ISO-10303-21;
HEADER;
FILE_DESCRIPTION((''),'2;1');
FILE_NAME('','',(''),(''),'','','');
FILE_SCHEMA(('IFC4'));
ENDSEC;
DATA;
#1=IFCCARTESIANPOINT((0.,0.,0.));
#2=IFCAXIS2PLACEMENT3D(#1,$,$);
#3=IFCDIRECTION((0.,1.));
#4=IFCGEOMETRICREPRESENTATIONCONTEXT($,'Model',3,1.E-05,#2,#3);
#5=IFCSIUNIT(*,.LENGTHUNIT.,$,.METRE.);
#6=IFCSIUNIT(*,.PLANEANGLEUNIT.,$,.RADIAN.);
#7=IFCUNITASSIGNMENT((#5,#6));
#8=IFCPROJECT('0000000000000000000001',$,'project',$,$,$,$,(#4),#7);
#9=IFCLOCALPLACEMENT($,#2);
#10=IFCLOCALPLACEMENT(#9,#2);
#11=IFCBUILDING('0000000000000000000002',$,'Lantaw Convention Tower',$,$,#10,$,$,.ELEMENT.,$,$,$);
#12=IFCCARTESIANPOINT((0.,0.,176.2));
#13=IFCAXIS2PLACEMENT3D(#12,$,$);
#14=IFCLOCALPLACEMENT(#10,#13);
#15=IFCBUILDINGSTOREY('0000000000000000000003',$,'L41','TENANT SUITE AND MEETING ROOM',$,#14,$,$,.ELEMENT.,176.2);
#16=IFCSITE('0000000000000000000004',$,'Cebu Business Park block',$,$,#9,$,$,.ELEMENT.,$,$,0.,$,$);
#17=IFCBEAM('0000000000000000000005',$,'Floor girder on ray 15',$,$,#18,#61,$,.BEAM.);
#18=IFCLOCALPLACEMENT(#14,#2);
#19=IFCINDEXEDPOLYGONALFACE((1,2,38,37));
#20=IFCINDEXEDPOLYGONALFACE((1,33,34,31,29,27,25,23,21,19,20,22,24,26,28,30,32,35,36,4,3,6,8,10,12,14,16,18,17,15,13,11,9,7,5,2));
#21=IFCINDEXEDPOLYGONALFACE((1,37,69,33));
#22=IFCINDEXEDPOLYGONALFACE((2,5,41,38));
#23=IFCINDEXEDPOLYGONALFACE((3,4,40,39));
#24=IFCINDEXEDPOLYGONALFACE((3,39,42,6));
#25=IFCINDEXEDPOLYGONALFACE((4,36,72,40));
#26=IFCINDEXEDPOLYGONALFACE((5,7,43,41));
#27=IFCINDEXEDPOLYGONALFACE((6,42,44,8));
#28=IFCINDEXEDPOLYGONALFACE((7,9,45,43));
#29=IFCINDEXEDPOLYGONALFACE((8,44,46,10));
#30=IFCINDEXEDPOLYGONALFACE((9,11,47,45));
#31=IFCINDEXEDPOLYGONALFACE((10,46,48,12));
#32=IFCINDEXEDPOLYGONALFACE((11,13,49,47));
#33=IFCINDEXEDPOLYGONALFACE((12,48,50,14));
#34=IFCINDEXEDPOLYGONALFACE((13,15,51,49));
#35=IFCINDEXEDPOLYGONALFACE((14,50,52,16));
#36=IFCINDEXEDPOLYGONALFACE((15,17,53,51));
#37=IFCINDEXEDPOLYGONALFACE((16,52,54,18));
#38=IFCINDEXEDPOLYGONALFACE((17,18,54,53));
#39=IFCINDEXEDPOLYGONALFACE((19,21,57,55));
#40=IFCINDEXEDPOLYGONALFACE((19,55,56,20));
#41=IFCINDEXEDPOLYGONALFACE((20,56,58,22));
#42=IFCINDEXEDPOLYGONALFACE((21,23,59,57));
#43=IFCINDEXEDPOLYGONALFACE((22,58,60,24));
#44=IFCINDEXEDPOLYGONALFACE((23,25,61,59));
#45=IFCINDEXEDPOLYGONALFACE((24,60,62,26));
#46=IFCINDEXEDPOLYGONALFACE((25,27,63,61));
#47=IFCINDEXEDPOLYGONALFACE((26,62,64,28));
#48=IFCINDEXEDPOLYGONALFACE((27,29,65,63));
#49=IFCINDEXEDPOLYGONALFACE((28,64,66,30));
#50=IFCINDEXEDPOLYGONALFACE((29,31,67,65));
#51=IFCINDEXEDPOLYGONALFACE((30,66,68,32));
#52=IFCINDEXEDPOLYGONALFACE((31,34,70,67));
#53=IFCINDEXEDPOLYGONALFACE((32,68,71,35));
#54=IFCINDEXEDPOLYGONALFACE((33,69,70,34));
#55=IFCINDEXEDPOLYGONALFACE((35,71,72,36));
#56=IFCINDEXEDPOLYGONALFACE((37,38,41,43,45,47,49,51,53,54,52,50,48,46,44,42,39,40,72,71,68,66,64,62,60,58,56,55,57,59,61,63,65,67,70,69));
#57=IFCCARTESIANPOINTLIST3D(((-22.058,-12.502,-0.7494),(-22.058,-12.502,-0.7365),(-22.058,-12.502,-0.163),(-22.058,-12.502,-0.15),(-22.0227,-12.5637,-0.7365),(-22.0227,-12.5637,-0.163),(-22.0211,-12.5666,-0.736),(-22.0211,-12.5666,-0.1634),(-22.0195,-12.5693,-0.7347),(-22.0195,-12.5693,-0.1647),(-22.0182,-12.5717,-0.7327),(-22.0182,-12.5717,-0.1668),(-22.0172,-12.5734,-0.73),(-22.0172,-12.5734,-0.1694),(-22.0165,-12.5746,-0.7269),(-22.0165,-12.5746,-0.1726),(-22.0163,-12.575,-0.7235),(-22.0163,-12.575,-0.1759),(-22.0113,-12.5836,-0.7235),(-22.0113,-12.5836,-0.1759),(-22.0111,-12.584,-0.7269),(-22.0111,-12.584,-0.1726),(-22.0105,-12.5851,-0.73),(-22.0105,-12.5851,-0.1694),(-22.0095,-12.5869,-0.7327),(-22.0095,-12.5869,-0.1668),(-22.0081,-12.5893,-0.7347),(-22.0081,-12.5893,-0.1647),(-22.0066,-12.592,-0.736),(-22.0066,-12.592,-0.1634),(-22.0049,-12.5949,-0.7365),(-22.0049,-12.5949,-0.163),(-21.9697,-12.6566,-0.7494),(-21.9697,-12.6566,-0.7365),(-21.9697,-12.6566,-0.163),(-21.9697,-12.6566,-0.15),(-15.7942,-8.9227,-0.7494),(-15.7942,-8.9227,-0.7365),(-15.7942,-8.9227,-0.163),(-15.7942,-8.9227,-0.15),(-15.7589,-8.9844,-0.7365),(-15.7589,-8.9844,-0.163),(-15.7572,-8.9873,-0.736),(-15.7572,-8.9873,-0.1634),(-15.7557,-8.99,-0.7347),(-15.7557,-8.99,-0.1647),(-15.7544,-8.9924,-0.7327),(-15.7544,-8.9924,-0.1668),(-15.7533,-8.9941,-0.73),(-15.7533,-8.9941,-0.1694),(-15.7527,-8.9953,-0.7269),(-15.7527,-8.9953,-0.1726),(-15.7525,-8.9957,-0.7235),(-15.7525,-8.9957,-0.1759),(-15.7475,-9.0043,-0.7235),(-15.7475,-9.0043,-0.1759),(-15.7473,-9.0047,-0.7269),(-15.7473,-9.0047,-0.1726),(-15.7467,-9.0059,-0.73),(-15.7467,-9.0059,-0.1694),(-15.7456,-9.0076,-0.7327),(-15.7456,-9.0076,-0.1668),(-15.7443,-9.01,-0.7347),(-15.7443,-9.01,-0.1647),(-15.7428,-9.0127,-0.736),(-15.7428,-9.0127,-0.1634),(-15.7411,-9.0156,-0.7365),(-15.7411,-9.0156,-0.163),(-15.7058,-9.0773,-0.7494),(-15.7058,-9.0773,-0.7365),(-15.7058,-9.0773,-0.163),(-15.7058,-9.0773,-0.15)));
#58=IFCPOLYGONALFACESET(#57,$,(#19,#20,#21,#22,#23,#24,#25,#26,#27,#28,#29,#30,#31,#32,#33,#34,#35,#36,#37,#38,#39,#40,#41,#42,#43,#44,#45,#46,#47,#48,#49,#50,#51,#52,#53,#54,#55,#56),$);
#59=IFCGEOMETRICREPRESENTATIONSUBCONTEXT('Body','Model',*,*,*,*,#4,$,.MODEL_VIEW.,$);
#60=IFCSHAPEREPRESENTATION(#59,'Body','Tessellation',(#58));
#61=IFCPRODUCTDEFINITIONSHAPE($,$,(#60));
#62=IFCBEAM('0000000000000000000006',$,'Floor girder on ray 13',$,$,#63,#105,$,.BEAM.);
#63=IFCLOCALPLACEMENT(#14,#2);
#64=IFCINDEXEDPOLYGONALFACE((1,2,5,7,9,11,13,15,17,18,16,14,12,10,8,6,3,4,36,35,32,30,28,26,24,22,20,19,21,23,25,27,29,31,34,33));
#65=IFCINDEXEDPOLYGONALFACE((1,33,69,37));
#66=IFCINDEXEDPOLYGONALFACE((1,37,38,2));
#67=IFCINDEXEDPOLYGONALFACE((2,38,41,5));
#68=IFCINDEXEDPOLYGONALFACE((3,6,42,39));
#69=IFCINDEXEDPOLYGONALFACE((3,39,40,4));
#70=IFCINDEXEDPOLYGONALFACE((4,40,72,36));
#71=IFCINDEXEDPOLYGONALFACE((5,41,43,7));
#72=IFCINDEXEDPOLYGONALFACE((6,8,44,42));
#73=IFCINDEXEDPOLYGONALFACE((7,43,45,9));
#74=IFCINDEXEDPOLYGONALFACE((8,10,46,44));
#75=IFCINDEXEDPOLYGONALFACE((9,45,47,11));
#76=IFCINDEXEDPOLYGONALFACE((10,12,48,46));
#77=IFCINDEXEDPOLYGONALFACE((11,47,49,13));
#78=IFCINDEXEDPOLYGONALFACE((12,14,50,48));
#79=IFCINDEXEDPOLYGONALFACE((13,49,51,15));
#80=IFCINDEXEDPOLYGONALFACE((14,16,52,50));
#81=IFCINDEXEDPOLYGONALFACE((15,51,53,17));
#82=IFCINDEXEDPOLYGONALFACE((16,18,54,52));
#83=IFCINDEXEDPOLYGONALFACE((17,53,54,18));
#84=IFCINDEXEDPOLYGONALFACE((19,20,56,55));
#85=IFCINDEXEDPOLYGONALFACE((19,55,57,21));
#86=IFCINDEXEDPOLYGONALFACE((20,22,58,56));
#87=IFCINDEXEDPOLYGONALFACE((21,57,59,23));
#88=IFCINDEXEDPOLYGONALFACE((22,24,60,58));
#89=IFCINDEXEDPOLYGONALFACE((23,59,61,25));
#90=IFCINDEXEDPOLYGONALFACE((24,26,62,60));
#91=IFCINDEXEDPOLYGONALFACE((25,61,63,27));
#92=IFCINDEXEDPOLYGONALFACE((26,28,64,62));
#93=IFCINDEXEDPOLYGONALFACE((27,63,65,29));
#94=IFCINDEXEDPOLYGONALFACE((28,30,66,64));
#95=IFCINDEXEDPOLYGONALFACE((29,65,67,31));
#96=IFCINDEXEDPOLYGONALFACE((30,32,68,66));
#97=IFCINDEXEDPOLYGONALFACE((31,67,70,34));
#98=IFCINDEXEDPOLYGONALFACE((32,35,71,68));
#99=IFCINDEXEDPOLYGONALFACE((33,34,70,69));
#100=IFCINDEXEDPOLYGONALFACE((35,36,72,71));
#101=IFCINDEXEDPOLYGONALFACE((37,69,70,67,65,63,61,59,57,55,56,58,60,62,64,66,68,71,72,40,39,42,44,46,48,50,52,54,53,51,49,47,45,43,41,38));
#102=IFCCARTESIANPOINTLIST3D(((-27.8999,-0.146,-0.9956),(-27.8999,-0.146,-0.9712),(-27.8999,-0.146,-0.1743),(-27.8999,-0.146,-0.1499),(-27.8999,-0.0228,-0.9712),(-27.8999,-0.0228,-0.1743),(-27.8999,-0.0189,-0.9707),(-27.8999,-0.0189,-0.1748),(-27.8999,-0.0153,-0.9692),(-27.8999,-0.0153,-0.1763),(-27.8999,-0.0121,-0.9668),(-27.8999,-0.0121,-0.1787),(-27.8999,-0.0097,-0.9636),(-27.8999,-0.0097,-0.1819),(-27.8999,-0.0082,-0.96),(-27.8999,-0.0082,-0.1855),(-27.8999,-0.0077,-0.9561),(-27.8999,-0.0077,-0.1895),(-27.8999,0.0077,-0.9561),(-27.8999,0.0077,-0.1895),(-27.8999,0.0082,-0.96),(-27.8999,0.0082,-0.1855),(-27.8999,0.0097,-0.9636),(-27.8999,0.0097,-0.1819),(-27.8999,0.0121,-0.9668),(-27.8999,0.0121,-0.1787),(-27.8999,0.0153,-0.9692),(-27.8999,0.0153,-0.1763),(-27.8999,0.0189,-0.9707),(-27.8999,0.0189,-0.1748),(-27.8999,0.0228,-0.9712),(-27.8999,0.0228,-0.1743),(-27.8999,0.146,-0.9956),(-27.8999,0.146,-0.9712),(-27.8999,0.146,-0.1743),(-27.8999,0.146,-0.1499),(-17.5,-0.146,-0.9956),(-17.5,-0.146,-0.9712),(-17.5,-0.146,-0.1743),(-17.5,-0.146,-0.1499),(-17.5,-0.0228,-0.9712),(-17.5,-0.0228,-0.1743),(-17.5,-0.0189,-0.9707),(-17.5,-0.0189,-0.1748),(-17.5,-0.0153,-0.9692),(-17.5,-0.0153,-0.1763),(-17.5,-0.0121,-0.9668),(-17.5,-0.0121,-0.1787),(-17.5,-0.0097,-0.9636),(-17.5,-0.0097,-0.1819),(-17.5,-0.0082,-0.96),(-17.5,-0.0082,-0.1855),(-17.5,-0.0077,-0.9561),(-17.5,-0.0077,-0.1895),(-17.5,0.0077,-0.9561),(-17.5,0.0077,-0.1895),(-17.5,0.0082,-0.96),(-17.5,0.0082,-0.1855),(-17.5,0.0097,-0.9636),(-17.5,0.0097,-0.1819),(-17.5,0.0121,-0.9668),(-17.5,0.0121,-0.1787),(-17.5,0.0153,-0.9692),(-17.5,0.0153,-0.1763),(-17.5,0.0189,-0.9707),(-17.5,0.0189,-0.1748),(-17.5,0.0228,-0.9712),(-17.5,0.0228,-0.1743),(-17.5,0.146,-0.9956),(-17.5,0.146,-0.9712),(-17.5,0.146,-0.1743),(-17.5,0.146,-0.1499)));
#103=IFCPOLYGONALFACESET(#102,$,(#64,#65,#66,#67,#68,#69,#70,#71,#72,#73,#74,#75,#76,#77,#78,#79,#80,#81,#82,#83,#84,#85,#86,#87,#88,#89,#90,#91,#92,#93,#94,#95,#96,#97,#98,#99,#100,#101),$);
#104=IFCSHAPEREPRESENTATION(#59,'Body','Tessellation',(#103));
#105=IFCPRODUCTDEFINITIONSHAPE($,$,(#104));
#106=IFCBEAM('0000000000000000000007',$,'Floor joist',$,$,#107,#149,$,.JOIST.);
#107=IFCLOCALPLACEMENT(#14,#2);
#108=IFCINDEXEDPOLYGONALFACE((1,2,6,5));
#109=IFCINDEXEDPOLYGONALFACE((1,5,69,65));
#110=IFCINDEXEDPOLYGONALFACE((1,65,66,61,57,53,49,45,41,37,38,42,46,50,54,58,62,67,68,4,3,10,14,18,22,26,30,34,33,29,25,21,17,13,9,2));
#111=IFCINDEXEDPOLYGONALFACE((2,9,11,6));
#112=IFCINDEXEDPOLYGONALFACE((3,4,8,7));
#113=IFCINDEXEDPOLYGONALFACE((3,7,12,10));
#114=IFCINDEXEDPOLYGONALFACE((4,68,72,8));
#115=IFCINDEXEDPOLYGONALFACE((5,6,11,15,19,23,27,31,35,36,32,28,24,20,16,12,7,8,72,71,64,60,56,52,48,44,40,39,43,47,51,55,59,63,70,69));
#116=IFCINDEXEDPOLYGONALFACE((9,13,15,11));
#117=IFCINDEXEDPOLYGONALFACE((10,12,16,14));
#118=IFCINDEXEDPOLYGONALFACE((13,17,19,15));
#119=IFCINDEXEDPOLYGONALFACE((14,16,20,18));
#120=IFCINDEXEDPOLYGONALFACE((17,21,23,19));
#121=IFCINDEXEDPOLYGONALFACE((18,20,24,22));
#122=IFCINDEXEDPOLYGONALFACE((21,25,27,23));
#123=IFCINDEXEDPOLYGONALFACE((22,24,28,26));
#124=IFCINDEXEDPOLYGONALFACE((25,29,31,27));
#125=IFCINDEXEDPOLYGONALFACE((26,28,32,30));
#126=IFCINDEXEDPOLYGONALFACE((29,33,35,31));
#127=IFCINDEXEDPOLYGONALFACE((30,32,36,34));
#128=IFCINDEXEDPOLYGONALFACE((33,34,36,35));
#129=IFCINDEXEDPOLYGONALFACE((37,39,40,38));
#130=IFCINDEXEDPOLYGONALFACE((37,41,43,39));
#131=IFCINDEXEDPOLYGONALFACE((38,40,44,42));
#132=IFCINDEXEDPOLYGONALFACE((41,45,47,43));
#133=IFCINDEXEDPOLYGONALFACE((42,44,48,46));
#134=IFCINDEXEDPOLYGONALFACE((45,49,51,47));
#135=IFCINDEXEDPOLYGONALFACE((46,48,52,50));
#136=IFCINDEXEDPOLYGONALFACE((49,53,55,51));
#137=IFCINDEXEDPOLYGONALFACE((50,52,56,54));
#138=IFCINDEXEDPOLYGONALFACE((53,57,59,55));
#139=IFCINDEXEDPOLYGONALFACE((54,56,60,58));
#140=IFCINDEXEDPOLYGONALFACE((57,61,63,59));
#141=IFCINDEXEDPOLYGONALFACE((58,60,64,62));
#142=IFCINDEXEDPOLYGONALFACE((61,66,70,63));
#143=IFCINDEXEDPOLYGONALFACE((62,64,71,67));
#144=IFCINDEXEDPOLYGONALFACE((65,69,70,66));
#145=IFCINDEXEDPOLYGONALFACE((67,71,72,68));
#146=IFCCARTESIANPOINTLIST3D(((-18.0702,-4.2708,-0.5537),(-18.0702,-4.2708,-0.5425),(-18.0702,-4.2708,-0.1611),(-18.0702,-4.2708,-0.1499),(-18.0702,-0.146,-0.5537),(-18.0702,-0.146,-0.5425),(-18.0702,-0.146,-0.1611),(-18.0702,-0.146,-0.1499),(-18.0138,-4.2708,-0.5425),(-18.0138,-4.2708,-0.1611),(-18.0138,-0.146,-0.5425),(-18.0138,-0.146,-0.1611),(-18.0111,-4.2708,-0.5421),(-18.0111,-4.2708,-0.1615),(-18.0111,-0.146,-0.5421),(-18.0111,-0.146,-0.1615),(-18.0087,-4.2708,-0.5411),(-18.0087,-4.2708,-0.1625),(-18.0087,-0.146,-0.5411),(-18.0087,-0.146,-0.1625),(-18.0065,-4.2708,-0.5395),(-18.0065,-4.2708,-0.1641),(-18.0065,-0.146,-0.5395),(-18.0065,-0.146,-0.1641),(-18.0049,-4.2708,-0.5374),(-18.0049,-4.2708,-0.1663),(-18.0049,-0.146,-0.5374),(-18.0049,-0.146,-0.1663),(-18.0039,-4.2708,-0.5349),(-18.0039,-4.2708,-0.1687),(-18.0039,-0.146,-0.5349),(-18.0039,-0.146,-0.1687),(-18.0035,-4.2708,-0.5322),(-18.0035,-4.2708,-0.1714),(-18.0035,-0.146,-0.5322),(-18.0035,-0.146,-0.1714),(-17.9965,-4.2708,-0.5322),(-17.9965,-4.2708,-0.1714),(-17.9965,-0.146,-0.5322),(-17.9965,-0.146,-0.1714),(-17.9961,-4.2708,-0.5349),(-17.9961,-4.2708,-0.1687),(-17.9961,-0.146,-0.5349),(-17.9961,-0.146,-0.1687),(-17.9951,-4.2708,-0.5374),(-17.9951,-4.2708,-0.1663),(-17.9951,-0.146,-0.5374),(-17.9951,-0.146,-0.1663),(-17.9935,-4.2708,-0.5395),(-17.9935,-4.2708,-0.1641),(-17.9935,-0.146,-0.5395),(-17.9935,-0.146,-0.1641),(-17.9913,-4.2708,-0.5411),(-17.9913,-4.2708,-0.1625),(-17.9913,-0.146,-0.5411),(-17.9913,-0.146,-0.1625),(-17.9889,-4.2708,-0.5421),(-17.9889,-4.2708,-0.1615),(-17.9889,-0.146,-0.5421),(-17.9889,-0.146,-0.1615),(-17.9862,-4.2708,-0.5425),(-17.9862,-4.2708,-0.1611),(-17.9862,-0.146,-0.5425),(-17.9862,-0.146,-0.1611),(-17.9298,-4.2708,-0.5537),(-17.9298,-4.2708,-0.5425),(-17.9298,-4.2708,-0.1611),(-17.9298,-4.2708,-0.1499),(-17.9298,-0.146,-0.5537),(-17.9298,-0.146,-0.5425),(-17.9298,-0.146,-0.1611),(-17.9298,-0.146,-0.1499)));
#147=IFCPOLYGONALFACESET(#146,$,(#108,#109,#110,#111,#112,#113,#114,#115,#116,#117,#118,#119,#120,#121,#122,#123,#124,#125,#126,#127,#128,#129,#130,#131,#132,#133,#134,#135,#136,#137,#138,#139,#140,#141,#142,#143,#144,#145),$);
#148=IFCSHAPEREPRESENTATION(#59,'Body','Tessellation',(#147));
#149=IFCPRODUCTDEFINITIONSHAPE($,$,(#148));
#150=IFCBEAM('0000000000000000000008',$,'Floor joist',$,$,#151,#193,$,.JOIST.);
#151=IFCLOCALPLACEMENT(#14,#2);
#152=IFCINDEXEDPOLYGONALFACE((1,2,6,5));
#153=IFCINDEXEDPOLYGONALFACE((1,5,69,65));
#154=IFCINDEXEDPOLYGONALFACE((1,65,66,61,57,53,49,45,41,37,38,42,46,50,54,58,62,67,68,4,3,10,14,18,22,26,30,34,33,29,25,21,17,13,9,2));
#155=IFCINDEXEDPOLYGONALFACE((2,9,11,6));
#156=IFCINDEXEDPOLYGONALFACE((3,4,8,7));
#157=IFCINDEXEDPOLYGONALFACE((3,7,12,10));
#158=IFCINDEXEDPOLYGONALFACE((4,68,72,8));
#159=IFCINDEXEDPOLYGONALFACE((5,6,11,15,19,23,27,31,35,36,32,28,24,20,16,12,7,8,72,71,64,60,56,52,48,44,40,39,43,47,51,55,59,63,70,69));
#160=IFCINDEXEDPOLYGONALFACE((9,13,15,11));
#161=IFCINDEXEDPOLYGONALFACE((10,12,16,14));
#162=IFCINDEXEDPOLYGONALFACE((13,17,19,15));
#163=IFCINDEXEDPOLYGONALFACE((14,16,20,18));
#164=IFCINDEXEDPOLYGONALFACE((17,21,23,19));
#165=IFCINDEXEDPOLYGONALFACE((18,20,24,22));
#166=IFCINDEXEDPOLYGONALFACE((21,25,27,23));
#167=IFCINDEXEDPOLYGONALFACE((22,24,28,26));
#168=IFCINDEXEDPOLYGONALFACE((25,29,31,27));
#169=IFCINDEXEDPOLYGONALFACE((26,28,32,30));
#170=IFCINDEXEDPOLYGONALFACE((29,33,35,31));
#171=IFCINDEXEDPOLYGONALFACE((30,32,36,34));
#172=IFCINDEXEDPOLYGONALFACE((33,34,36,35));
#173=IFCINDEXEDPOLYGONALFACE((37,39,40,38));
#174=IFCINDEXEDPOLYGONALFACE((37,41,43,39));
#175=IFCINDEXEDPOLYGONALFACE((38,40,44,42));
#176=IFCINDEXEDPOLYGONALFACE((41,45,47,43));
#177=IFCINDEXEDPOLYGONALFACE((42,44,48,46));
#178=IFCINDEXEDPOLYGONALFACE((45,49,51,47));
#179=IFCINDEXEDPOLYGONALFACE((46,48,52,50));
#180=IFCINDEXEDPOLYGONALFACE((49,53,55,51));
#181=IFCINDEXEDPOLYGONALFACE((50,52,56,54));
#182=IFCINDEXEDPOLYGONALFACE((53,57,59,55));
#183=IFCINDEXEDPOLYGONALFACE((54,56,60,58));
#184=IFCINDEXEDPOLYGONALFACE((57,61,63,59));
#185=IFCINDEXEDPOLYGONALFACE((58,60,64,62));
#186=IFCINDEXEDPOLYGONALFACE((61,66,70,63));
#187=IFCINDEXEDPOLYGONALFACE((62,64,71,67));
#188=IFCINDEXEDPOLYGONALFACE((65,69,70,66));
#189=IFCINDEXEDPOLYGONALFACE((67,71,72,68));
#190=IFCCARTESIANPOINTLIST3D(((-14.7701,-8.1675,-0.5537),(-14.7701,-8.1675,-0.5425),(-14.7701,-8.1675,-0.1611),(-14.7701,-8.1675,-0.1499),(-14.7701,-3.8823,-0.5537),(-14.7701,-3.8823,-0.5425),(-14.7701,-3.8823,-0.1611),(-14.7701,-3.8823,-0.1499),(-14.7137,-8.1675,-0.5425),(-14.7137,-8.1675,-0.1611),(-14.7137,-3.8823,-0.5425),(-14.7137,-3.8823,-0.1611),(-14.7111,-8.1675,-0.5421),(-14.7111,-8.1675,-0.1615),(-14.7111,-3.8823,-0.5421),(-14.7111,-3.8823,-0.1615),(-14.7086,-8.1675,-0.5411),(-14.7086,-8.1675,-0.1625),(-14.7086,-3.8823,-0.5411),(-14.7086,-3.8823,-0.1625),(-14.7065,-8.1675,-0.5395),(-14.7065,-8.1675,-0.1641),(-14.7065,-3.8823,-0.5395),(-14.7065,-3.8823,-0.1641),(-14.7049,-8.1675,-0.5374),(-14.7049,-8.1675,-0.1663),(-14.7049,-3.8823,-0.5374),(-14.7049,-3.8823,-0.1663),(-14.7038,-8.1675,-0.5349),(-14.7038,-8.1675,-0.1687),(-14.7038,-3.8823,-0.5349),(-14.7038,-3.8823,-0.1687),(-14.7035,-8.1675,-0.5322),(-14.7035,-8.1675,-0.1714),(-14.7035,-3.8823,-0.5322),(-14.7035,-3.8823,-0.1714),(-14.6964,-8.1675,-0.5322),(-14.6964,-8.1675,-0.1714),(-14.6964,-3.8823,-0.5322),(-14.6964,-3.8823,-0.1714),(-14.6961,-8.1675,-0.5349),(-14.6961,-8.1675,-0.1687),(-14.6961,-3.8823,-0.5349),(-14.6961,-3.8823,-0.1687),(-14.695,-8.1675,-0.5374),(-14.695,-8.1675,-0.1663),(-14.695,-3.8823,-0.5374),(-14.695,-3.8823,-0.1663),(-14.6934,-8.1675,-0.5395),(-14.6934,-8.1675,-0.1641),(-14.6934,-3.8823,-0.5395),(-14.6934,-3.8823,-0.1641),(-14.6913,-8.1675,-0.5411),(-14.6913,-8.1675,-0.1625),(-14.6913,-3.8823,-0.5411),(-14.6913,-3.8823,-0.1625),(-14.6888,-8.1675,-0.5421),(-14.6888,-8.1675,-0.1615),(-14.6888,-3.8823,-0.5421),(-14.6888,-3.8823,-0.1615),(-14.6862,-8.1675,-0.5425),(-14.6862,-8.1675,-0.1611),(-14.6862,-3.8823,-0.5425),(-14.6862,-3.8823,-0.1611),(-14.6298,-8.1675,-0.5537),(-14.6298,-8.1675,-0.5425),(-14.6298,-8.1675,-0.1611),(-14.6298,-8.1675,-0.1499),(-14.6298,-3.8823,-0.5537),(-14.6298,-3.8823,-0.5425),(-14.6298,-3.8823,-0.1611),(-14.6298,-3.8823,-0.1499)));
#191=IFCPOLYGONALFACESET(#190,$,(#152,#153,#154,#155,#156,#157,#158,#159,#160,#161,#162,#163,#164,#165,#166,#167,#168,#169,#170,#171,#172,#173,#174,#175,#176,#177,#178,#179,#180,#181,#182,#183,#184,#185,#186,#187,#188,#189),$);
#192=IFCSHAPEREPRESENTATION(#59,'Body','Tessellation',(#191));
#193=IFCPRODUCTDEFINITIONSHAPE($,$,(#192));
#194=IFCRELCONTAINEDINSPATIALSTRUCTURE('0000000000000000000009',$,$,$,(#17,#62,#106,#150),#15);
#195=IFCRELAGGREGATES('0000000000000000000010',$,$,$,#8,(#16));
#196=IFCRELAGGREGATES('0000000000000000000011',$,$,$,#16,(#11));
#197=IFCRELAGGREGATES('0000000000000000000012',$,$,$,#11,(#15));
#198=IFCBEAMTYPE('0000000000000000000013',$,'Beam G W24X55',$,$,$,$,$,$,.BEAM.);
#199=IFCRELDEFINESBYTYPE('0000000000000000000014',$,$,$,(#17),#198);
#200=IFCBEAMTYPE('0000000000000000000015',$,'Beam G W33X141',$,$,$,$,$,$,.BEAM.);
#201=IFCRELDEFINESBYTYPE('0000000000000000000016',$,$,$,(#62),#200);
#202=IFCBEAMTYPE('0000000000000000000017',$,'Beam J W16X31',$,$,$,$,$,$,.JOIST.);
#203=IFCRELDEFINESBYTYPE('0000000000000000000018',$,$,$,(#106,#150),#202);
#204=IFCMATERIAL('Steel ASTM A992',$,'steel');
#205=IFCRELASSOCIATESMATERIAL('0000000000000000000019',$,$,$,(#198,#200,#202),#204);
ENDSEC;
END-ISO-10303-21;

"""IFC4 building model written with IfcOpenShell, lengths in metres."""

from ifc_helpers import new_model, si_unit, direction, frame, origin, origin_2d, place, context, subcontext, project, spatial, i_section, extrude, material, material_profile, profile_set, type_object, element, save


model = new_model("IFC4")

# Units and contexts
model_context = context("Model", 3, precision=1e-05, world=origin(), true_north=direction((0.0, 1.0)))
body_context = subcontext(model_context, "Body", "Model", "MODEL_VIEW")
ifc_project = project(units=[si_unit("LENGTHUNIT", "METRE"), si_unit("PLANEANGLEUNIT", "RADIAN")], contexts=[model_context])

# Site, building, storey
site_placement = place(None, origin())
site = spatial("IfcSite", under=ifc_project, at=site_placement, Name="Cebu Business Park block", CompositionType="ELEMENT", RefElevation=0.0)
building_placement = place(site_placement, origin())
building = spatial("IfcBuilding", under=site, at=building_placement, Name="Lantaw Convention Tower", CompositionType="ELEMENT")
storey_placement = place(building_placement, frame((0.0, 0.0, 176.2)))
storey = spatial("IfcBuildingStorey", under=building, at=storey_placement, Name="L41", Description="TENANT SUITE AND MEETING ROOM", CompositionType="ELEMENT", Elevation=176.2)

# Beams
ifc_material_1 = material(Name="Steel ASTM A992", Category="steel")
ifc_material_profile_1 = material_profile(ifc_material_1, i_section(OverallWidth=0.178, OverallDepth=0.5994, WebThickness=0.01, FlangeThickness=0.0129, FilletRadius=0.0129, at=origin_2d()), Name="W24X55")
ifc_profile_set_1 = profile_set([ifc_material_profile_1], Name="Steel ASTM A992")
beam_type_1 = type_object("IfcBeamType", Name="Beam G W24X55", PredefinedType="BEAM", material=ifc_profile_set_1)
beam_1_placement = place(storey_placement, frame((-15.75, -9.0, -0.4497), z_axis=(-0.868245, -0.496135, 0.0), x_axis=(0.496135, -0.868245, 0.0)))
element("IfcBeam", 1, at=beam_1_placement, inside=storey, type_object=beam_type_1, Name="Floor girder on ray 15", PredefinedType="BEAM", context=body_context, shape_type="SweptSolid", body=[
    extrude(i_section(OverallWidth=0.178, OverallDepth=0.5994, WebThickness=0.01, FlangeThickness=0.0129, FilletRadius=0.0129, at=origin_2d()), origin(), (0.0, 0.0, 1.0), 7.2144),
])
ifc_material_profile_2 = material_profile(ifc_material_1, i_section(OverallWidth=0.292, OverallDepth=0.8457, WebThickness=0.0154, FlangeThickness=0.0244, FilletRadius=0.0151, at=origin_2d()), Name="W33X141")
ifc_profile_set_2 = profile_set([ifc_material_profile_2], Name="Steel ASTM A992")
beam_type_2 = type_object("IfcBeamType", Name="Beam G W33X141", PredefinedType="BEAM", material=ifc_profile_set_2)
beam_2_placement = place(storey_placement, frame((-17.5, 0.0, -0.5728), z_axis=(-1.0, 0.0, 0.0), x_axis=(0.0, -1.0, 0.0)))
element("IfcBeam", 2, at=beam_2_placement, inside=storey, type_object=beam_type_2, Name="Floor girder on ray 13", PredefinedType="BEAM", context=body_context, shape_type="SweptSolid", body=[
    extrude(i_section(OverallWidth=0.292, OverallDepth=0.8457, WebThickness=0.0154, FlangeThickness=0.0244, FilletRadius=0.0151, at=origin_2d()), origin(), (0.0, 0.0, 1.0), 10.3999),
])
ifc_material_profile_3 = material_profile(ifc_material_1, i_section(OverallWidth=0.1404, OverallDepth=0.4038, WebThickness=0.0071, FlangeThickness=0.0112, FilletRadius=0.0103, at=origin_2d()), Name="W16X31")
ifc_profile_set_3 = profile_set([ifc_material_profile_3], Name="Steel ASTM A992")
beam_type_3 = type_object("IfcBeamType", Name="Beam J W16X31", PredefinedType="JOIST", material=ifc_profile_set_3)
beam_3_placement = place(storey_placement, frame((-18.0, -4.2708, -0.3518), z_axis=(0.0, 1.0, 0.0), x_axis=(-1.0, 0.0, 0.0)))
element("IfcBeam", 3, at=beam_3_placement, inside=storey, type_object=beam_type_3, Name="Floor joist", PredefinedType="JOIST", context=body_context, shape_type="SweptSolid", body=[
    extrude(i_section(OverallWidth=0.1404, OverallDepth=0.4038, WebThickness=0.0071, FlangeThickness=0.0112, FilletRadius=0.0103, at=origin_2d()), origin(), (0.0, 0.0, 1.0), 4.1248),
])
beam_4_placement = place(storey_placement, frame((-14.7, -8.1675, -0.3518), z_axis=(0.0, 1.0, 0.0), x_axis=(-1.0, 0.0, 0.0)))
element("IfcBeam", 4, at=beam_4_placement, inside=storey, type_object=beam_type_3, Name="Floor joist", PredefinedType="JOIST", context=body_context, shape_type="SweptSolid", body=[
    extrude(i_section(OverallWidth=0.1404, OverallDepth=0.4038, WebThickness=0.0071, FlangeThickness=0.0112, FilletRadius=0.0103, at=origin_2d()), origin(), (0.0, 0.0, 1.0), 4.2852),
])

save(model, "model.ifc")
